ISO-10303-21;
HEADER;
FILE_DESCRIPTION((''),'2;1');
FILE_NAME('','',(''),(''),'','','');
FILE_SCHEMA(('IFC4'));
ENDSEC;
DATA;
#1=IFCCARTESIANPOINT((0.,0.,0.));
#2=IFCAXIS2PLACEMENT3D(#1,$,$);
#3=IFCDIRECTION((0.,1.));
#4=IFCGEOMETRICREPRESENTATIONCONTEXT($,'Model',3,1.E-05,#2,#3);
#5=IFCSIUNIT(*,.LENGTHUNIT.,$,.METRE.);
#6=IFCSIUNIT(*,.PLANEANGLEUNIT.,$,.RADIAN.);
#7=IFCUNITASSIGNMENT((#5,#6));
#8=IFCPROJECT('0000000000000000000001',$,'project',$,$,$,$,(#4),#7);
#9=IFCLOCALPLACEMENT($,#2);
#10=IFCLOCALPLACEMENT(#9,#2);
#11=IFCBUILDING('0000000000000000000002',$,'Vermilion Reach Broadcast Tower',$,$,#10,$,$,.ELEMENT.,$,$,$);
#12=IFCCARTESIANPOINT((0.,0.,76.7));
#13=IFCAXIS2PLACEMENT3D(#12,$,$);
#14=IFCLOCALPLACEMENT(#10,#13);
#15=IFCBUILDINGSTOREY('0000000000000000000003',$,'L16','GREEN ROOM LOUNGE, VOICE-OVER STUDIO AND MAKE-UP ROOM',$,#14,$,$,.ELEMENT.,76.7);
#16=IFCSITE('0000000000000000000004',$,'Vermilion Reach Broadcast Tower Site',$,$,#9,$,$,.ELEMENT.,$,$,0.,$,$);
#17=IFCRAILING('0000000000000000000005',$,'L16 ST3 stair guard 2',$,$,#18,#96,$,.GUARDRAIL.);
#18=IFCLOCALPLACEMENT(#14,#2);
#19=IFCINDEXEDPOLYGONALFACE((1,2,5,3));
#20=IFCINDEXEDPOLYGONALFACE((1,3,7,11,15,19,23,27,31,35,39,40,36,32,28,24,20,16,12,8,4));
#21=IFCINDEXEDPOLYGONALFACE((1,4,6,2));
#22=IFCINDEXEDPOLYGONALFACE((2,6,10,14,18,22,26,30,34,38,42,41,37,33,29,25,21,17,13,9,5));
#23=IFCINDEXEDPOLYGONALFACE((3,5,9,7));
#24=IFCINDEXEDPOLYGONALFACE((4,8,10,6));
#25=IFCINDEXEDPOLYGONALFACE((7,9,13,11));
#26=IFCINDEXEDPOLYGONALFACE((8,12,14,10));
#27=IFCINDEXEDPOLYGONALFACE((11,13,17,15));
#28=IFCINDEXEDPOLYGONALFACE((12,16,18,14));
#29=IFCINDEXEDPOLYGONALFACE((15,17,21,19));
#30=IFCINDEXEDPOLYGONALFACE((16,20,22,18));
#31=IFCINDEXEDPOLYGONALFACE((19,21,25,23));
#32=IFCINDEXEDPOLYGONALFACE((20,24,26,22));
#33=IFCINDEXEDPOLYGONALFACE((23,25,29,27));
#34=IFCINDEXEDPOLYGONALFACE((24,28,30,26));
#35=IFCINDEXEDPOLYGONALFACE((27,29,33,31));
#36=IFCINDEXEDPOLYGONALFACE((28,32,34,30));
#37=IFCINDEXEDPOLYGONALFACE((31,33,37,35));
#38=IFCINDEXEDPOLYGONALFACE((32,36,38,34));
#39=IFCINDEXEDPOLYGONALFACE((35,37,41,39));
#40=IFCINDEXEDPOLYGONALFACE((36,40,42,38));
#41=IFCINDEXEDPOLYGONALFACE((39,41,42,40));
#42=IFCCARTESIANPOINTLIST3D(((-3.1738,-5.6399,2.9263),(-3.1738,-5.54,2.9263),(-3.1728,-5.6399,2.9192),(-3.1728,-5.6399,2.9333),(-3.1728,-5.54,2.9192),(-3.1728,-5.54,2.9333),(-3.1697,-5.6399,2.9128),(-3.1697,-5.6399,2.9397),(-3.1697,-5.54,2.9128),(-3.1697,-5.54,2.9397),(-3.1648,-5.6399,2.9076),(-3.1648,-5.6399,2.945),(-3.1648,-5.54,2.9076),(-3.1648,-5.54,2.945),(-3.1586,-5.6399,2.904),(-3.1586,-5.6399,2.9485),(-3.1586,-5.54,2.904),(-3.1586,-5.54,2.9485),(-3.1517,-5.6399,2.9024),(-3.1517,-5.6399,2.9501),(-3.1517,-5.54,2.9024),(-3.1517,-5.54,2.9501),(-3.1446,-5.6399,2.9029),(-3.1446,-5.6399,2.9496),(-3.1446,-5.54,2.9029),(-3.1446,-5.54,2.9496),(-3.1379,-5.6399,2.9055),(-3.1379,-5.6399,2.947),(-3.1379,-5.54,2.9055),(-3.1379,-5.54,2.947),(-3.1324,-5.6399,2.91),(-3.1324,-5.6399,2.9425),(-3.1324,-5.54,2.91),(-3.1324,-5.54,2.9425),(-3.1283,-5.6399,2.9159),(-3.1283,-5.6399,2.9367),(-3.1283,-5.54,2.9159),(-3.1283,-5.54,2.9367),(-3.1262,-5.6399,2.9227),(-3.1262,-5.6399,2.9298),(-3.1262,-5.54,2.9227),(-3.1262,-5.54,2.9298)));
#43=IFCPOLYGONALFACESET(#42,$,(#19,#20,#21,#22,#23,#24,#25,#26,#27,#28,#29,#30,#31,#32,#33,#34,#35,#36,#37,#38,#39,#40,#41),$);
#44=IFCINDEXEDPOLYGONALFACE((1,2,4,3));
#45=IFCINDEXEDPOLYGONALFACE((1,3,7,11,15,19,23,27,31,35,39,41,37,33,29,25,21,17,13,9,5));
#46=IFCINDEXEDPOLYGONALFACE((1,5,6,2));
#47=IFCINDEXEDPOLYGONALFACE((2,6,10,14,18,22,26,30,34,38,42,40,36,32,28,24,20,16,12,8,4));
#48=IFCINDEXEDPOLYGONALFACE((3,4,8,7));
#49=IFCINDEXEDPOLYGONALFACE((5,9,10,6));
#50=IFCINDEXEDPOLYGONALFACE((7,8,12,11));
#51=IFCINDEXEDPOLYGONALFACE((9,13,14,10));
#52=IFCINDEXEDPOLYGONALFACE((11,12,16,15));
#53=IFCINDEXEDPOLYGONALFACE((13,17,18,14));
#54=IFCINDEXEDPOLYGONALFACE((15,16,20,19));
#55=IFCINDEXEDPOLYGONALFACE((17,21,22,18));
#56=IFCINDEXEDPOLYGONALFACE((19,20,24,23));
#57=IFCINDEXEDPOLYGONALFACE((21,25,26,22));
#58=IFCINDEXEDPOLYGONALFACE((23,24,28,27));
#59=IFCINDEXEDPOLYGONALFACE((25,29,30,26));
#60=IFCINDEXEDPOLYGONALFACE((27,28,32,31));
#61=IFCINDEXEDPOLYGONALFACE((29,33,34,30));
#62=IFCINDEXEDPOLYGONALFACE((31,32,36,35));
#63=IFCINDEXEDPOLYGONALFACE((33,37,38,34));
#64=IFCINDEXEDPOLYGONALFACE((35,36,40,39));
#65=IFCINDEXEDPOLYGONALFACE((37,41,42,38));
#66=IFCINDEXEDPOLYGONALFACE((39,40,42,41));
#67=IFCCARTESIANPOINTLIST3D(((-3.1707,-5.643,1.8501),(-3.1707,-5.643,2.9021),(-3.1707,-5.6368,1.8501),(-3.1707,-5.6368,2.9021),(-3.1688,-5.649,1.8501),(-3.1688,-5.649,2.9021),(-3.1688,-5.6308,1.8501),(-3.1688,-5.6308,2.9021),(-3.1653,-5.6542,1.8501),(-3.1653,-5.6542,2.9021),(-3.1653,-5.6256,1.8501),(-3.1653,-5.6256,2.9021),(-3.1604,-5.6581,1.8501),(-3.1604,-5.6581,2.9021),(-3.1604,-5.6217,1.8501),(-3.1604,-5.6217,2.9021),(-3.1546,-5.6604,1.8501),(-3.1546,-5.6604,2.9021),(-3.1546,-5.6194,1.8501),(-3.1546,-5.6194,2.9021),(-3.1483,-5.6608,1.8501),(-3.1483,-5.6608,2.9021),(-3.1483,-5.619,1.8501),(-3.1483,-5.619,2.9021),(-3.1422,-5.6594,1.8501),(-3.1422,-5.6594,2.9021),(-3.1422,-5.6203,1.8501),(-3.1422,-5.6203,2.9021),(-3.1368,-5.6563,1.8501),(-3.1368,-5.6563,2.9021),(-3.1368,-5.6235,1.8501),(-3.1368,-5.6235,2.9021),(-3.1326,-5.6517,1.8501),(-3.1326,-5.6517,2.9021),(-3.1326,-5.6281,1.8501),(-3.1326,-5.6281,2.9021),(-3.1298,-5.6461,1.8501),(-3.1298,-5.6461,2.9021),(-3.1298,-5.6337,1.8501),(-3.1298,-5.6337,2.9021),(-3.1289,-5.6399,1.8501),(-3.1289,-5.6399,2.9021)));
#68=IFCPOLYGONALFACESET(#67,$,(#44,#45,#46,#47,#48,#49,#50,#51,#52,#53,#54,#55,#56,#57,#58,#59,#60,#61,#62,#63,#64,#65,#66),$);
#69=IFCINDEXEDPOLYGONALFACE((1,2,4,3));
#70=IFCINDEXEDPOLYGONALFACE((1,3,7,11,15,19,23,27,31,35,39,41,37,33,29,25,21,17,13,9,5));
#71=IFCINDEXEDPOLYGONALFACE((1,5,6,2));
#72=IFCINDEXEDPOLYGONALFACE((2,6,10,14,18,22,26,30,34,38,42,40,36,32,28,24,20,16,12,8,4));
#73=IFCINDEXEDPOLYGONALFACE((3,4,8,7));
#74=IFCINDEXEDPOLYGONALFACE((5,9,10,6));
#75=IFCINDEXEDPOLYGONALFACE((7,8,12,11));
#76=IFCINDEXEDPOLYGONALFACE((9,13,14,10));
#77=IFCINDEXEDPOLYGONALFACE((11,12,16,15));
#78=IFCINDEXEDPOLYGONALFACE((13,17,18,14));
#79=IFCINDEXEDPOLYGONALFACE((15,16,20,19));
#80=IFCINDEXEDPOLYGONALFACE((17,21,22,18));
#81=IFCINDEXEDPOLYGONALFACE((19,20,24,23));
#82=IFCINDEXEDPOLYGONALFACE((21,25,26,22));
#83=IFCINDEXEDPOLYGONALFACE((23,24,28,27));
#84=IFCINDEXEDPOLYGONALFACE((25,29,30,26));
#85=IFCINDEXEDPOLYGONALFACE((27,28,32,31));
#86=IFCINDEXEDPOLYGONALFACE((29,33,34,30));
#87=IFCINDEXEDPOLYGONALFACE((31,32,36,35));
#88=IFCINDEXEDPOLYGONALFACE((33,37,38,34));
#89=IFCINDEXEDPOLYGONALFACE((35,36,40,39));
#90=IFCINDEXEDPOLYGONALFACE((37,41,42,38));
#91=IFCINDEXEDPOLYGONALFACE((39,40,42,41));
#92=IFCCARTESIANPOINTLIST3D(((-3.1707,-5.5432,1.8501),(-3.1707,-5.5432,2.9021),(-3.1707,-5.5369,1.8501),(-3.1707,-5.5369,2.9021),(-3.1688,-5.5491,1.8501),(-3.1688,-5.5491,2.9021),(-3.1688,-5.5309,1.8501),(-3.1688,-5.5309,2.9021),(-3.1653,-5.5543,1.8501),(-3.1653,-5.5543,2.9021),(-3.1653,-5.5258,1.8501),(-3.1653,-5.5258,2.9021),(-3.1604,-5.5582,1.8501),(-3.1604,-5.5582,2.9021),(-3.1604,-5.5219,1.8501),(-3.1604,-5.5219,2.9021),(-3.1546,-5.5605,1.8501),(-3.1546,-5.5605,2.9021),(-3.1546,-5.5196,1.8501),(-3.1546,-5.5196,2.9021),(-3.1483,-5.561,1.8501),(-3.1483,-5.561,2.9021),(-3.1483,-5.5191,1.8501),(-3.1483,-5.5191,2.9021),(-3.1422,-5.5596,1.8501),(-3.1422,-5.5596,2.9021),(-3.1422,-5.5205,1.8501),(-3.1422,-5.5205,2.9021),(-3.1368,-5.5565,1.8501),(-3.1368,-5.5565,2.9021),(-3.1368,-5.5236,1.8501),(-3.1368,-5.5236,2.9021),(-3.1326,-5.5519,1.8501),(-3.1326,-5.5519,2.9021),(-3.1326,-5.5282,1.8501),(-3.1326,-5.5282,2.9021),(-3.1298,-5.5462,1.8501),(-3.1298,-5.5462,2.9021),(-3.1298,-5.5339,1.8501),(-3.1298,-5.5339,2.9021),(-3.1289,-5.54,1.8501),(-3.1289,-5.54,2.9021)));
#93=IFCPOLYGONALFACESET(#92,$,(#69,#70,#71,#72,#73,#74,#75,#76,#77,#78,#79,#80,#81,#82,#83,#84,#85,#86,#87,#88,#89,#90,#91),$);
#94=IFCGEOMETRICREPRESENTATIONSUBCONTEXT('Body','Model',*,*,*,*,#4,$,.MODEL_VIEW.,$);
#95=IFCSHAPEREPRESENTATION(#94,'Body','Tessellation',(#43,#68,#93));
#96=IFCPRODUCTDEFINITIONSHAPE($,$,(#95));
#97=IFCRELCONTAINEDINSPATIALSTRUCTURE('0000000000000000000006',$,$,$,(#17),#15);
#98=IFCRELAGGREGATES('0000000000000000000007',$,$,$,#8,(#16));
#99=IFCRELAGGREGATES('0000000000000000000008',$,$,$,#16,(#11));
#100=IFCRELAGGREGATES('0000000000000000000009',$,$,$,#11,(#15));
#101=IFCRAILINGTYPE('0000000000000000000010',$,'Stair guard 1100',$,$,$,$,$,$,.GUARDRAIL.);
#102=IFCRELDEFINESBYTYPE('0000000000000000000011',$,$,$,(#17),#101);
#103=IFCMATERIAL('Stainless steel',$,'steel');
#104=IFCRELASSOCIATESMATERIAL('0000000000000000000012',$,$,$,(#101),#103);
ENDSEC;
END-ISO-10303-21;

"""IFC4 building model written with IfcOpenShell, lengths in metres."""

from ifc_helpers import new_model, si_unit, direction, frame, origin, origin_2d, place, context, subcontext, project, spatial, circle, extrude, material, type_object, element, save


model = new_model("IFC4")

# Units and contexts
model_context = context("Model", 3, precision=1e-05, world=origin(), true_north=direction((0.0, 1.0)))
body_context = subcontext(model_context, "Body", "Model", "MODEL_VIEW")
ifc_project = project(units=[si_unit("LENGTHUNIT", "METRE"), si_unit("PLANEANGLEUNIT", "RADIAN")], contexts=[model_context])

# Site, building, storey
site_placement = place(None, origin())
site = spatial("IfcSite", under=ifc_project, at=site_placement, Name="Vermilion Reach Broadcast Tower Site", CompositionType="ELEMENT", RefElevation=0.0)
building_placement = place(site_placement, origin())
building = spatial("IfcBuilding", under=site, at=building_placement, Name="Vermilion Reach Broadcast Tower", CompositionType="ELEMENT")
storey_placement = place(building_placement, frame((0.0, 0.0, 76.7)))
storey = spatial("IfcBuildingStorey", under=building, at=storey_placement, Name="L16", Description="GREEN ROOM LOUNGE, VOICE-OVER STUDIO AND MAKE-UP ROOM", CompositionType="ELEMENT", Elevation=76.7)

# Railing
ifc_material_1 = material(Name="Stainless steel", Category="steel")
railing_type_1 = type_object("IfcRailingType", Name="Stair guard 1100", PredefinedType="GUARDRAIL", material=ifc_material_1)
railing_1_placement = place(storey_placement, frame((-3.1499, -5.6399, 1.8501)))
element("IfcRailing", 1, at=railing_1_placement, inside=storey, type_object=railing_type_1, Name="L16 ST3 stair guard 2", PredefinedType="GUARDRAIL", context=body_context, shape_type="SweptSolid", body=[
    extrude(circle(Radius=0.0239, at=origin_2d()), frame((0.0, 0.0, 1.0762), z_axis=(0.0, 1.0, 0.0), x_axis=(-1.0, 0.0, 0.0)), (0.0, 0.0, 1.0), 0.0999),
    extrude(circle(Radius=0.021, at=origin_2d()), origin(), (0.0, 0.0, 1.0), 1.052),
    extrude(circle(Radius=0.021, at=origin_2d()), frame((0.0, 0.0999, 0.0)), (0.0, 0.0, 1.0), 1.052),
])

save(model, "model.ifc")
